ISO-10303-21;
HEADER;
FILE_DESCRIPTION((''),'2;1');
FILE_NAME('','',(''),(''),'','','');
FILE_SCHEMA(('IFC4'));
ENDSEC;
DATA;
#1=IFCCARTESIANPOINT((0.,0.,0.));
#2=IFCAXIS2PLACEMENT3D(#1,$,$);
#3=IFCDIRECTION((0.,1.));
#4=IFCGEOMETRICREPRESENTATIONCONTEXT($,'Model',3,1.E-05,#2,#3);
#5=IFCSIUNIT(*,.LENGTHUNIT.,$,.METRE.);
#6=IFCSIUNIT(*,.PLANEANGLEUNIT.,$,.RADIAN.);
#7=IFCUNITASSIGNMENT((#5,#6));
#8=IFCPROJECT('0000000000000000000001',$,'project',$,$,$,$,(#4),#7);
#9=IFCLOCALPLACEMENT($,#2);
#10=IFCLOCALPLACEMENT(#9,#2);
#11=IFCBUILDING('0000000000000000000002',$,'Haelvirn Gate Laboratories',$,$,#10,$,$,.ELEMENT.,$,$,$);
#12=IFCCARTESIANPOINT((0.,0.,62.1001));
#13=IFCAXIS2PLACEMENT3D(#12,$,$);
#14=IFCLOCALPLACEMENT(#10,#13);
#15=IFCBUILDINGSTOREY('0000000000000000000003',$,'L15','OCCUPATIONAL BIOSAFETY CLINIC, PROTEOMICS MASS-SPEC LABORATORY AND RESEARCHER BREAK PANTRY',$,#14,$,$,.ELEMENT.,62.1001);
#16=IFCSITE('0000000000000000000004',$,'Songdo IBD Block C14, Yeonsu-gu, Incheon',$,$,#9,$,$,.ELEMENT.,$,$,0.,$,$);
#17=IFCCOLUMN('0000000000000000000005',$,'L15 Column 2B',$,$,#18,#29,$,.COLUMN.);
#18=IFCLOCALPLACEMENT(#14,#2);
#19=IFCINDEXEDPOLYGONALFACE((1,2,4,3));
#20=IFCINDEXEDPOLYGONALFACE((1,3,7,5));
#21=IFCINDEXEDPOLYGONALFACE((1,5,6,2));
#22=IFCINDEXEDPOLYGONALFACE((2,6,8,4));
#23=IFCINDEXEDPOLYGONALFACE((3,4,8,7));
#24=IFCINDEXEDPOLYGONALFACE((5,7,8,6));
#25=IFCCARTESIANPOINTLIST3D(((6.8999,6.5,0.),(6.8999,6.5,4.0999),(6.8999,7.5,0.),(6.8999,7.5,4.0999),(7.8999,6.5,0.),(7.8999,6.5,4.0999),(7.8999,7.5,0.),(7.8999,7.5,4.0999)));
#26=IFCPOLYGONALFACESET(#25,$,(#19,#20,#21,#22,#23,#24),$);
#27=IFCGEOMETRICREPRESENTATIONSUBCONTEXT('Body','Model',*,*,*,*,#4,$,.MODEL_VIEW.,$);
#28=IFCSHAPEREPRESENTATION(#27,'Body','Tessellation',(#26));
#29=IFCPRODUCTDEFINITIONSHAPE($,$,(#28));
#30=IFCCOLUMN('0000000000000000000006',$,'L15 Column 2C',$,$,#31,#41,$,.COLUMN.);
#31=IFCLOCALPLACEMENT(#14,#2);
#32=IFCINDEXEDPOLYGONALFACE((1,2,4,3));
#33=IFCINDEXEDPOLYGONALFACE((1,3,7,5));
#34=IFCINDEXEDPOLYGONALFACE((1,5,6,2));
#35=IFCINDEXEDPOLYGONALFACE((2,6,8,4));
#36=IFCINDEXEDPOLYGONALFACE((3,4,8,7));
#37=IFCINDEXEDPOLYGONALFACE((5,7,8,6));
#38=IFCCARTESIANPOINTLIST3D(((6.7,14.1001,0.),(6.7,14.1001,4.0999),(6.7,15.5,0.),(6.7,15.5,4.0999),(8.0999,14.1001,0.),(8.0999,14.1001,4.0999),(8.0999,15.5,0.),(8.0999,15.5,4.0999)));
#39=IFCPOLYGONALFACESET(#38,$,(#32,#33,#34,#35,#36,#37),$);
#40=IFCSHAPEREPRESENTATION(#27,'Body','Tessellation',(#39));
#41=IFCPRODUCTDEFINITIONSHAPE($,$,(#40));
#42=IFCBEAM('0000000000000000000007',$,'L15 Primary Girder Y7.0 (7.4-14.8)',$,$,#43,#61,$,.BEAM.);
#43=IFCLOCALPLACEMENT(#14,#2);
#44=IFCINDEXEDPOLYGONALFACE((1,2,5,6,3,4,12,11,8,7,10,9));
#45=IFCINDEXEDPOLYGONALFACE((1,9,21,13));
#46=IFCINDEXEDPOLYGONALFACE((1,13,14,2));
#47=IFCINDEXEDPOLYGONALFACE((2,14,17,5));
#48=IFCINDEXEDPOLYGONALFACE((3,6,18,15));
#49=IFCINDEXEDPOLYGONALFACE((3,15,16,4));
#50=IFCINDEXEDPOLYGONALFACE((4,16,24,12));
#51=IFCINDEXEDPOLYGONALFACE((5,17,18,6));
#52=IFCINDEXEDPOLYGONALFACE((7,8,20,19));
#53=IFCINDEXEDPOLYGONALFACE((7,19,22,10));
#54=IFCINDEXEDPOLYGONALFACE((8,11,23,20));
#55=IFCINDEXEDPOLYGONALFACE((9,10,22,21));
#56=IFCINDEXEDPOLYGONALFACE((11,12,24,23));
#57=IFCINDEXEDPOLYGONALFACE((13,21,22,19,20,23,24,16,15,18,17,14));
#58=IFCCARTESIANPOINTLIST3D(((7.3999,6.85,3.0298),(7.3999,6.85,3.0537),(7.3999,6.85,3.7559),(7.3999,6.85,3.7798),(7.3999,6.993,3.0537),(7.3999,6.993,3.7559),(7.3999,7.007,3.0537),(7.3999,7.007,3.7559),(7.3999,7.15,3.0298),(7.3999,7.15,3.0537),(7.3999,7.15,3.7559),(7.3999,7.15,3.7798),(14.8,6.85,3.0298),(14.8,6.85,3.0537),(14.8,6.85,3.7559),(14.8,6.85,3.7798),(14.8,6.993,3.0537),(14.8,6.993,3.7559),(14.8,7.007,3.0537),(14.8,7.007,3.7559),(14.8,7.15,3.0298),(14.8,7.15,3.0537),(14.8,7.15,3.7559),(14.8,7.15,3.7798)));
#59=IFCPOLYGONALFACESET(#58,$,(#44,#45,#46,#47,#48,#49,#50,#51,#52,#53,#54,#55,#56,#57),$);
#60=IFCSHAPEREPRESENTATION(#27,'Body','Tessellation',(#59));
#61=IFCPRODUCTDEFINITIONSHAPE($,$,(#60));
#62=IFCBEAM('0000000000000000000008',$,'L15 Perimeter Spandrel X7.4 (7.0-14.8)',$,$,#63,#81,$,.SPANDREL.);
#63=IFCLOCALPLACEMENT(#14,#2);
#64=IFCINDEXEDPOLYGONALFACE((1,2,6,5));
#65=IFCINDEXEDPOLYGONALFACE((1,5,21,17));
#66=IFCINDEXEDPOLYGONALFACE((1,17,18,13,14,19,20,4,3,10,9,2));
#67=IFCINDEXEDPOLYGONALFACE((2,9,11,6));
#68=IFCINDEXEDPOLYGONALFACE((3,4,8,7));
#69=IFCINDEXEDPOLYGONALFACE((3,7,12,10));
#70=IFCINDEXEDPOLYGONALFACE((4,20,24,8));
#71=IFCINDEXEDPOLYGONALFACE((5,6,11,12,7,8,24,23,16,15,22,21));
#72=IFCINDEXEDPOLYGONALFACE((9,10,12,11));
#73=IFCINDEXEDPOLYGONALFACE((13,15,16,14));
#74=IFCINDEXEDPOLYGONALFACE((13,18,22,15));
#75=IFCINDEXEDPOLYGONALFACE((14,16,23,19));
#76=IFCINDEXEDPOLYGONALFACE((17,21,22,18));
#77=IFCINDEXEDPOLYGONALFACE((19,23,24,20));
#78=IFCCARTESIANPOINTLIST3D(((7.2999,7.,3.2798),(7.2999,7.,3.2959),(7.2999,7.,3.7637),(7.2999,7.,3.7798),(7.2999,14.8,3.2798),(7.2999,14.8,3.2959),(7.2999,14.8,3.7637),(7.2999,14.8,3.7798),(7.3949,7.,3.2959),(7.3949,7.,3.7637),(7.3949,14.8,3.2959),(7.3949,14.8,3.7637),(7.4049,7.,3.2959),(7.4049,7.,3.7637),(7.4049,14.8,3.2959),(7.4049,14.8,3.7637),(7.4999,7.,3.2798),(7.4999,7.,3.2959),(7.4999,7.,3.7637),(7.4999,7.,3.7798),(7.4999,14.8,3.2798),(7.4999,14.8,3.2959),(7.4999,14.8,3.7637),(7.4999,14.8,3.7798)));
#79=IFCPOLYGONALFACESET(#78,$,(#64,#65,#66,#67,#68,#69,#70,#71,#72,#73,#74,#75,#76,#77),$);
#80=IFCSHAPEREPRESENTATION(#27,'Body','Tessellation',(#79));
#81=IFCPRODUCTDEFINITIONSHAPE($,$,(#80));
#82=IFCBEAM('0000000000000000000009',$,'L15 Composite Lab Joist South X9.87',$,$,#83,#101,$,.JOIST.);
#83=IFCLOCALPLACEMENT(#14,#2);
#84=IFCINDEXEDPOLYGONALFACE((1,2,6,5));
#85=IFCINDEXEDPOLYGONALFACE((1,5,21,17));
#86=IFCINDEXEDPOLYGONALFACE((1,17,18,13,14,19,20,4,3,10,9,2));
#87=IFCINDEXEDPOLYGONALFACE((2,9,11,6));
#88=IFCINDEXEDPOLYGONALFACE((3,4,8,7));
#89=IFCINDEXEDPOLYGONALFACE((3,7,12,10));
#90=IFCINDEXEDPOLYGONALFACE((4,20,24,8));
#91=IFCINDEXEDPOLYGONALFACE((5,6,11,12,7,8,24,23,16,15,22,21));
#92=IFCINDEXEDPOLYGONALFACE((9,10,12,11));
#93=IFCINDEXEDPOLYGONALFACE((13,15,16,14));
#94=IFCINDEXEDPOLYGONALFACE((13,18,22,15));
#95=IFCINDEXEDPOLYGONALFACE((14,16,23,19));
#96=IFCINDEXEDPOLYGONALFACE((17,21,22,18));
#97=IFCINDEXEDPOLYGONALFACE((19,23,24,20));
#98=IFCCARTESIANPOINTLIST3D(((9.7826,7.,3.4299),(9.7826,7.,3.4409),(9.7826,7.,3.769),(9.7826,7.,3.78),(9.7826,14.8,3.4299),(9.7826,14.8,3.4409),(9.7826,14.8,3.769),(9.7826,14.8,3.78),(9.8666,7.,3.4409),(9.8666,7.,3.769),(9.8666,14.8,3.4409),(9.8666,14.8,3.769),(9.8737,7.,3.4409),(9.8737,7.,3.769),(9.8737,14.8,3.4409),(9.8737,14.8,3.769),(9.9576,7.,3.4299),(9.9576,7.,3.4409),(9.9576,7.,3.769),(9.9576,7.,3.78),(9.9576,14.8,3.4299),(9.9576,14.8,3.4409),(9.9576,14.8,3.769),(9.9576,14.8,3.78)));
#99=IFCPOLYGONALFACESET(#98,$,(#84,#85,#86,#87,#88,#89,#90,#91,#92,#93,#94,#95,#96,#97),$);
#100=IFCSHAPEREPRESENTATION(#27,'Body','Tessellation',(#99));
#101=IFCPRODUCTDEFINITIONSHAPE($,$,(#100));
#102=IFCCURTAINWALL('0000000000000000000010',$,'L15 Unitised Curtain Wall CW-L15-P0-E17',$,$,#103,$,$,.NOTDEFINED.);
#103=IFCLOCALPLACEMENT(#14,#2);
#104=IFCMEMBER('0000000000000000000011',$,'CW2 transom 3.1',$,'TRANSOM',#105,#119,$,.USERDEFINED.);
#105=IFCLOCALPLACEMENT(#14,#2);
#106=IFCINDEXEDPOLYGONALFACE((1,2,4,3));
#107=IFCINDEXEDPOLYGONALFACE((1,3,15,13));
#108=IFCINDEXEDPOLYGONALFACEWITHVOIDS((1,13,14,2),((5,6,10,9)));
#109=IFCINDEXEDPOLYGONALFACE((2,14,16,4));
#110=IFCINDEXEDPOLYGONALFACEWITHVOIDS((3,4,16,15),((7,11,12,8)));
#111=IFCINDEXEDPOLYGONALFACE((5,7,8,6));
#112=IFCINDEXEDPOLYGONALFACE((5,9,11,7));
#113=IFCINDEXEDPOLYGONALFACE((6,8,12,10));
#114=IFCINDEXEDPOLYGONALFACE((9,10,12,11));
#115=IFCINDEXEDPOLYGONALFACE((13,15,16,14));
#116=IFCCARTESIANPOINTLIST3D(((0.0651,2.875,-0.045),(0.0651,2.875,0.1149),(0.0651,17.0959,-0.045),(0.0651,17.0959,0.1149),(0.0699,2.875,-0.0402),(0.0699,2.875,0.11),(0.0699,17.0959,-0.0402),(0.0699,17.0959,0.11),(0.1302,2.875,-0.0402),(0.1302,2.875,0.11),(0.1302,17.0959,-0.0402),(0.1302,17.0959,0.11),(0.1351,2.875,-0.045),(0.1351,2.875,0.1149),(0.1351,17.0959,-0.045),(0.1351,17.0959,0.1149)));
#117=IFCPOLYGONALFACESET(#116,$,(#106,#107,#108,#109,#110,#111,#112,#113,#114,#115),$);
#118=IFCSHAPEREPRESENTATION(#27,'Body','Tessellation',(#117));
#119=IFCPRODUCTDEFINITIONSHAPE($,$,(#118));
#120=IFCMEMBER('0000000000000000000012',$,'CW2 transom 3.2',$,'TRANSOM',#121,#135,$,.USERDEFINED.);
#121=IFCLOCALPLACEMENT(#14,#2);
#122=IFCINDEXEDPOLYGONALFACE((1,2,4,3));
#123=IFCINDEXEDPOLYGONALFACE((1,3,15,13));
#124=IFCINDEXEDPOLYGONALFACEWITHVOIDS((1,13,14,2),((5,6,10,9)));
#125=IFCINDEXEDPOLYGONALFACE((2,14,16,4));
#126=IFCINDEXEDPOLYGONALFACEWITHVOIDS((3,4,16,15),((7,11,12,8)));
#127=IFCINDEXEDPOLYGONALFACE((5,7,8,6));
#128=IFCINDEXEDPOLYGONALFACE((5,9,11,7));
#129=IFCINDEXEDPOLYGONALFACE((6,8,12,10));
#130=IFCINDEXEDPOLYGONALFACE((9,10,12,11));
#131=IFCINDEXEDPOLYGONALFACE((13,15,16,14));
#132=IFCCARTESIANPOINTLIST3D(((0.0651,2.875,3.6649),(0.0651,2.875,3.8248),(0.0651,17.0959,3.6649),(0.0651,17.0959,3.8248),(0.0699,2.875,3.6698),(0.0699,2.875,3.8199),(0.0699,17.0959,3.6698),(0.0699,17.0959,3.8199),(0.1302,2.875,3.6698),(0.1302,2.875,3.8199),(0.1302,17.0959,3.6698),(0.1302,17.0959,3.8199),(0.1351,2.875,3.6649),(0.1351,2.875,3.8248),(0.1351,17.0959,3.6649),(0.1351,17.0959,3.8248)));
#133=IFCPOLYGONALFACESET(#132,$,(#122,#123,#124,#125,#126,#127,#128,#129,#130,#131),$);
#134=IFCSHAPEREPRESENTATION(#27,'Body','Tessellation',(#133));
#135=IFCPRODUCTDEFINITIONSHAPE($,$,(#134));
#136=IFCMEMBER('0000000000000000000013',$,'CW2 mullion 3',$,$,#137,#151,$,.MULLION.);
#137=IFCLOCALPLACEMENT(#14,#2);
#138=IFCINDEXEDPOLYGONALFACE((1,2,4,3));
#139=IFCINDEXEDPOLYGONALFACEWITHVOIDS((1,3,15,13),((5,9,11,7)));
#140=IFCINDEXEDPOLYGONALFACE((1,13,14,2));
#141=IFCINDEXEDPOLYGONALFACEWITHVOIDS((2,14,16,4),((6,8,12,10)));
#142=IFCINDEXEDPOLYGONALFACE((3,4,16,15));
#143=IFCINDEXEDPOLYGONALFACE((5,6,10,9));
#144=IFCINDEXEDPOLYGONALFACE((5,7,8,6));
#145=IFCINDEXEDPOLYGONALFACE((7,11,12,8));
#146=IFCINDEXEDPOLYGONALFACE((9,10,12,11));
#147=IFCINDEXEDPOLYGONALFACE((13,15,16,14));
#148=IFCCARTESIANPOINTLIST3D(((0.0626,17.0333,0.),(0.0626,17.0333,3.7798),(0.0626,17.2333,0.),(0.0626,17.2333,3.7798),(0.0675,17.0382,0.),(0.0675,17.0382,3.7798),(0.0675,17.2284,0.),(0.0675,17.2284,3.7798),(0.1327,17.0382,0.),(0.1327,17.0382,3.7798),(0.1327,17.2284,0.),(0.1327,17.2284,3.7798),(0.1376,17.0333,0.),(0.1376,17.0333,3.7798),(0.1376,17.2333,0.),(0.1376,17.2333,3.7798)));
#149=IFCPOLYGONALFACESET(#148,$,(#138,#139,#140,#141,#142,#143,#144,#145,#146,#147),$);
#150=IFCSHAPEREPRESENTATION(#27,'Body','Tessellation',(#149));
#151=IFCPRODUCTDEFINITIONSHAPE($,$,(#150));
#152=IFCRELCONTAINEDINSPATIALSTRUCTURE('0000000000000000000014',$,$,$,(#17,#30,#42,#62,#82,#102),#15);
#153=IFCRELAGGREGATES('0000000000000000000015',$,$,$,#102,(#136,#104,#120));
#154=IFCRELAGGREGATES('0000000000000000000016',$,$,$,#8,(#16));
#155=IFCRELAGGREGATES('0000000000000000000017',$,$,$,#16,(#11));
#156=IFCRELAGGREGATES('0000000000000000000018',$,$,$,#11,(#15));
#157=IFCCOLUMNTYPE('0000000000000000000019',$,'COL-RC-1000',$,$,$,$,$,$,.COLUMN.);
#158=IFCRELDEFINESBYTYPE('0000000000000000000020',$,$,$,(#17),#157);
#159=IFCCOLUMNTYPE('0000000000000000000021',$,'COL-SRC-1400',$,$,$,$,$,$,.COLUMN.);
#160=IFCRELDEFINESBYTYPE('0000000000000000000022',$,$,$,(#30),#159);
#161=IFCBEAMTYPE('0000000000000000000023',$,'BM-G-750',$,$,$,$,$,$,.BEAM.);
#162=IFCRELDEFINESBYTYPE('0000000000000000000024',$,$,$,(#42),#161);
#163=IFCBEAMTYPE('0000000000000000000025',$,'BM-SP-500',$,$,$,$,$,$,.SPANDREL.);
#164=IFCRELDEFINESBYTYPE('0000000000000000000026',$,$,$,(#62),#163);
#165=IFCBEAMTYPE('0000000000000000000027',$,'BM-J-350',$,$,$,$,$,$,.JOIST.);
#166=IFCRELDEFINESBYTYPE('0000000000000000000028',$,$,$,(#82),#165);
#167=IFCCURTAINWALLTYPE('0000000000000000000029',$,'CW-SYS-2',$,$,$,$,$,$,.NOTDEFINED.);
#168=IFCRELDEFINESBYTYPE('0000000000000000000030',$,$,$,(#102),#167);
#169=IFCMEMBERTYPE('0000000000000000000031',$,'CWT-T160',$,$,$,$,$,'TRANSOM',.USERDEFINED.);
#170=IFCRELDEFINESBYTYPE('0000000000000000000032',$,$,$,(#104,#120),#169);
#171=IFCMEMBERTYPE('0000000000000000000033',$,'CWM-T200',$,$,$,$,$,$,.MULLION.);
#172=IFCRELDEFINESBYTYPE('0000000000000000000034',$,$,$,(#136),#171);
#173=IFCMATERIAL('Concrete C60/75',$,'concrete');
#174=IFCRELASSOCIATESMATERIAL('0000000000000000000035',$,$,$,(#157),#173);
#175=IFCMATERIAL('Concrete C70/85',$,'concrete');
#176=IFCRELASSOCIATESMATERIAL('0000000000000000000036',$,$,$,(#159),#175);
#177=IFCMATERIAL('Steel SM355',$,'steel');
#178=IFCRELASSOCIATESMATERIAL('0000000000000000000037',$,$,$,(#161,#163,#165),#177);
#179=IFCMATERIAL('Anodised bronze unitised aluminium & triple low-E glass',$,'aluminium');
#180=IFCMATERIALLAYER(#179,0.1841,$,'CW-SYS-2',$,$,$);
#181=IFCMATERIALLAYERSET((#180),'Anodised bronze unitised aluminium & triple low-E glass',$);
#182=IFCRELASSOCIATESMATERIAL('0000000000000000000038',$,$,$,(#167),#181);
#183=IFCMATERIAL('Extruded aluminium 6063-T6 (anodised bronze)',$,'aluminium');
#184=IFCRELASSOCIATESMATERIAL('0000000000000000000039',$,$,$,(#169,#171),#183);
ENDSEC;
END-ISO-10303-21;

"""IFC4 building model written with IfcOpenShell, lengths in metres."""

from ifc_helpers import new_model, si_unit, direction, frame, origin, origin_2d, place, context, subcontext, project, spatial, rectangle, hollow_rectangle, i_section, extrude, source, transform, mapped, material, layer, layer_set, material_profile, profile_set, type_object, type_shapes, element, aggregate, save


model = new_model("IFC4")

# Units and contexts
model_context = context("Model", 3, precision=1e-05, world=origin(), true_north=direction((0.0, 1.0)))
body_context = subcontext(model_context, "Body", "Model", "MODEL_VIEW")
ifc_project = project(units=[si_unit("LENGTHUNIT", "METRE"), si_unit("PLANEANGLEUNIT", "RADIAN")], contexts=[model_context])

# Site, building, storey
site_placement = place(None, origin())
site = spatial("IfcSite", under=ifc_project, at=site_placement, Name="Songdo IBD Block C14, Yeonsu-gu, Incheon", CompositionType="ELEMENT", RefElevation=0.0)
building_placement = place(site_placement, origin())
building = spatial("IfcBuilding", under=site, at=building_placement, Name="Haelvirn Gate Laboratories", CompositionType="ELEMENT")
storey_placement = place(building_placement, frame((0.0, 0.0, 62.1001)))
storey = spatial("IfcBuildingStorey", under=building, at=storey_placement, Name="L15", Description="OCCUPATIONAL BIOSAFETY CLINIC, PROTEOMICS MASS-SPEC LABORATORY AND RESEARCHER BREAK PANTRY", CompositionType="ELEMENT", Elevation=62.1001)

# Columns
ifc_material_1 = material(Name="Concrete C60/75", Category="concrete")
ifc_material_profile_1 = material_profile(ifc_material_1, rectangle(XDim=1.0, YDim=1.0, at=origin_2d()), Name="RC-1000x1000")
ifc_profile_set_1 = profile_set([ifc_material_profile_1], Name="Concrete C60/75")
column_type_1 = type_object("IfcColumnType", Name="COL-RC-1000", PredefinedType="COLUMN", material=ifc_profile_set_1)
shared_shape_1 = source(origin(), body_context, "Body", "SweptSolid", [
    extrude(rectangle(XDim=1.0, YDim=1.0, at=origin_2d()), origin(), (0.0, 0.0, 1.0), 4.0999),
])
type_shapes(column_type_1, [shared_shape_1])
column_1_placement = place(storey_placement, frame((7.3999, 7.0, 0.0), z_axis=(0.0, 0.0, 1.0), x_axis=(1.0, 0.0, 0.0)))
element("IfcColumn", 1, at=column_1_placement, inside=storey, type_object=column_type_1, Name="L15 Column 2B", PredefinedType="COLUMN", context=body_context, shape_type="MappedRepresentation", body=[
    mapped(shared_shape_1, transform((0.0, 0.0, 0.0), scale=1.0)),
])
ifc_material_2 = material(Name="Concrete C70/85", Category="concrete")
ifc_material_profile_2 = material_profile(ifc_material_2, rectangle(XDim=1.3999, YDim=1.3999, at=origin_2d()), Name="SRC-1400x1400")
ifc_profile_set_2 = profile_set([ifc_material_profile_2], Name="Concrete C70/85")
column_type_2 = type_object("IfcColumnType", Name="COL-SRC-1400", PredefinedType="COLUMN", material=ifc_profile_set_2)
shared_shape_2 = source(origin(), body_context, "Body", "SweptSolid", [
    extrude(rectangle(XDim=1.3999, YDim=1.3999, at=origin_2d()), origin(), (0.0, 0.0, 1.0), 4.0999),
])
type_shapes(column_type_2, [shared_shape_2])
column_2_placement = place(storey_placement, frame((7.3999, 14.8, 0.0), z_axis=(0.0, 0.0, 1.0), x_axis=(1.0, 0.0, 0.0)))
element("IfcColumn", 2, at=column_2_placement, inside=storey, type_object=column_type_2, Name="L15 Column 2C", PredefinedType="COLUMN", context=body_context, shape_type="MappedRepresentation", body=[
    mapped(shared_shape_2, transform((0.0, 0.0, 0.0), scale=1.0)),
])

# Beams
ifc_material_3 = material(Name="Steel SM355", Category="steel")
ifc_material_profile_3 = material_profile(ifc_material_3, i_section(OverallWidth=0.3, OverallDepth=0.75, WebThickness=0.0139, FlangeThickness=0.0239, at=origin_2d()), Name="H-750x300x14x24")
ifc_profile_set_3 = profile_set([ifc_material_profile_3], Name="Steel SM355")
beam_type_1 = type_object("IfcBeamType", Name="BM-G-750", PredefinedType="BEAM", material=ifc_profile_set_3)
shared_shape_3 = source(origin(), body_context, "Body", "SweptSolid", [
    extrude(i_section(OverallWidth=0.3, OverallDepth=0.75, WebThickness=0.0139, FlangeThickness=0.0239, at=origin_2d()), origin(), (0.0, 0.0, 1.0), 7.4001),
])
type_shapes(beam_type_1, [shared_shape_3])
beam_1_placement = place(storey_placement, frame((7.3999, 7.0, 3.4048), z_axis=(1.0, 0.0, 0.0), x_axis=(0.0, 1.0, 0.0)))
element("IfcBeam", 3, at=beam_1_placement, inside=storey, type_object=beam_type_1, Name="L15 Primary Girder Y7.0 (7.4-14.8)", PredefinedType="BEAM", context=body_context, shape_type="MappedRepresentation", body=[
    mapped(shared_shape_3, transform((0.0, 0.0, 0.0), scale=1.0)),
])
ifc_material_profile_4 = material_profile(ifc_material_3, i_section(OverallWidth=0.2, OverallDepth=0.5, WebThickness=0.01, FlangeThickness=0.0161, at=origin_2d()), Name="H-500x200x10x16")
ifc_profile_set_4 = profile_set([ifc_material_profile_4], Name="Steel SM355")
beam_type_2 = type_object("IfcBeamType", Name="BM-SP-500", PredefinedType="SPANDREL", material=ifc_profile_set_4)
shared_shape_4 = source(origin(), body_context, "Body", "SweptSolid", [
    extrude(i_section(OverallWidth=0.2, OverallDepth=0.5, WebThickness=0.01, FlangeThickness=0.0161, at=origin_2d()), origin(), (0.0, 0.0, 1.0), 7.8),
])
type_shapes(beam_type_2, [shared_shape_4])
beam_2_placement = place(storey_placement, frame((7.3999, 7.0, 3.5298), z_axis=(0.0, 1.0, 0.0), x_axis=(-1.0, 0.0, 0.0)))
element("IfcBeam", 4, at=beam_2_placement, inside=storey, type_object=beam_type_2, Name="L15 Perimeter Spandrel X7.4 (7.0-14.8)", PredefinedType="SPANDREL", context=body_context, shape_type="MappedRepresentation", body=[
    mapped(shared_shape_4, transform((0.0, 0.0, 0.0), scale=1.0)),
])
ifc_material_profile_5 = material_profile(ifc_material_3, i_section(OverallWidth=0.175, OverallDepth=0.3501, WebThickness=0.0071, FlangeThickness=0.011, at=origin_2d()), Name="H-350x175x7x11")
ifc_profile_set_5 = profile_set([ifc_material_profile_5], Name="Steel SM355")
beam_type_3 = type_object("IfcBeamType", Name="BM-J-350", PredefinedType="JOIST", material=ifc_profile_set_5)
shared_shape_5 = source(origin(), body_context, "Body", "SweptSolid", [
    extrude(i_section(OverallWidth=0.175, OverallDepth=0.3501, WebThickness=0.0071, FlangeThickness=0.011, at=origin_2d()), origin(), (0.0, 0.0, 1.0), 7.8),
])
type_shapes(beam_type_3, [shared_shape_5])
beam_3_placement = place(storey_placement, frame((9.8701, 7.0, 3.605), z_axis=(0.0, 1.0, 0.0), x_axis=(-1.0, 0.0, 0.0)))
element("IfcBeam", 5, at=beam_3_placement, inside=storey, type_object=beam_type_3, Name="L15 Composite Lab Joist South X9.87", PredefinedType="JOIST", context=body_context, shape_type="MappedRepresentation", body=[
    mapped(shared_shape_5, transform((0.0, 0.0, 0.0), scale=1.0)),
])

# Curtain wall, members
ifc_material_4 = material(Name="Anodised bronze unitised aluminium & triple low-E glass", Category="aluminium")
ifc_layer_1 = layer(ifc_material_4, 0.1841, Name="CW-SYS-2")
ifc_layer_set_1 = layer_set([ifc_layer_1], Name="Anodised bronze unitised aluminium & triple low-E glass")
curtain_wall_type_1 = type_object("IfcCurtainWallType", Name="CW-SYS-2", PredefinedType="NOTDEFINED", material=ifc_layer_set_1)
curtain_wall_1_placement = place(storey_placement, origin())
curtain_wall_1 = element("IfcCurtainWall", 6, at=curtain_wall_1_placement, inside=storey, type_object=curtain_wall_type_1, Name="L15 Unitised Curtain Wall CW-L15-P0-E17", PredefinedType="NOTDEFINED")
ifc_material_5 = material(Name="Extruded aluminium 6063-T6 (anodised bronze)", Category="aluminium")
ifc_material_profile_6 = material_profile(ifc_material_5, hollow_rectangle(XDim=0.0701, YDim=0.1599, WallThickness=0.0049, at=origin_2d()), Name="CWT-160x70x5")
ifc_profile_set_6 = profile_set([ifc_material_profile_6], Name="Extruded aluminium 6063-T6 (anodised bronze)")
member_type_1 = type_object("IfcMemberType", Name="CWT-T160", ElementType="TRANSOM", PredefinedType="USERDEFINED", material=ifc_profile_set_6)
shared_shape_6 = source(origin(), body_context, "Body", "SweptSolid", [
    extrude(hollow_rectangle(XDim=0.0701, YDim=0.1599, WallThickness=0.0049, at=origin_2d()), origin(), (0.0, 0.0, 1.0), 14.2209),
])
type_shapes(member_type_1, [shared_shape_6])
member_1_placement = place(storey_placement, frame((0.1001, 17.0959, 0.0349), z_axis=(0.0, -1.0, 0.0), x_axis=(1.0, 0.0, 0.0)))
member_1 = element("IfcMember", 7, at=member_1_placement, type_object=member_type_1, Name="CW2 transom 3.1", ObjectType="TRANSOM", PredefinedType="USERDEFINED", context=body_context, shape_type="MappedRepresentation", body=[
    mapped(shared_shape_6, transform((0.0, 0.0, 0.0), scale=1.0)),
])
member_2_placement = place(storey_placement, frame((0.1001, 17.0959, 3.7449), z_axis=(0.0, -1.0, 0.0), x_axis=(1.0, 0.0, 0.0)))
member_2 = element("IfcMember", 8, at=member_2_placement, type_object=member_type_1, Name="CW2 transom 3.2", ObjectType="TRANSOM", PredefinedType="USERDEFINED", context=body_context, shape_type="MappedRepresentation", body=[
    mapped(shared_shape_6, transform((0.0, 0.0, 0.0), scale=1.0)),
])
ifc_material_profile_7 = material_profile(ifc_material_5, hollow_rectangle(XDim=0.075, YDim=0.2, WallThickness=0.0049, at=origin_2d()), Name="CWM-200x75x5")
ifc_profile_set_7 = profile_set([ifc_material_profile_7], Name="Extruded aluminium 6063-T6 (anodised bronze)")
member_type_2 = type_object("IfcMemberType", Name="CWM-T200", PredefinedType="MULLION", material=ifc_profile_set_7)
shared_shape_7 = source(origin(), body_context, "Body", "SweptSolid", [
    extrude(hollow_rectangle(XDim=0.075, YDim=0.2, WallThickness=0.0049, at=origin_2d()), origin(), (0.0, 0.0, 1.0), 3.7798),
])
type_shapes(member_type_2, [shared_shape_7])
member_3_placement = place(storey_placement, frame((0.1001, 17.1333, 0.0), z_axis=(0.0, 0.0, 1.0), x_axis=(1.0, 0.0, 0.0)))
member_3 = element("IfcMember", 9, at=member_3_placement, type_object=member_type_2, Name="CW2 mullion 3", PredefinedType="MULLION", context=body_context, shape_type="MappedRepresentation", body=[
    mapped(shared_shape_7, transform((0.0, 0.0, 0.0), scale=1.0)),
])

aggregate(curtain_wall_1, [member_3, member_1, member_2])

save(model, "model.ifc")
